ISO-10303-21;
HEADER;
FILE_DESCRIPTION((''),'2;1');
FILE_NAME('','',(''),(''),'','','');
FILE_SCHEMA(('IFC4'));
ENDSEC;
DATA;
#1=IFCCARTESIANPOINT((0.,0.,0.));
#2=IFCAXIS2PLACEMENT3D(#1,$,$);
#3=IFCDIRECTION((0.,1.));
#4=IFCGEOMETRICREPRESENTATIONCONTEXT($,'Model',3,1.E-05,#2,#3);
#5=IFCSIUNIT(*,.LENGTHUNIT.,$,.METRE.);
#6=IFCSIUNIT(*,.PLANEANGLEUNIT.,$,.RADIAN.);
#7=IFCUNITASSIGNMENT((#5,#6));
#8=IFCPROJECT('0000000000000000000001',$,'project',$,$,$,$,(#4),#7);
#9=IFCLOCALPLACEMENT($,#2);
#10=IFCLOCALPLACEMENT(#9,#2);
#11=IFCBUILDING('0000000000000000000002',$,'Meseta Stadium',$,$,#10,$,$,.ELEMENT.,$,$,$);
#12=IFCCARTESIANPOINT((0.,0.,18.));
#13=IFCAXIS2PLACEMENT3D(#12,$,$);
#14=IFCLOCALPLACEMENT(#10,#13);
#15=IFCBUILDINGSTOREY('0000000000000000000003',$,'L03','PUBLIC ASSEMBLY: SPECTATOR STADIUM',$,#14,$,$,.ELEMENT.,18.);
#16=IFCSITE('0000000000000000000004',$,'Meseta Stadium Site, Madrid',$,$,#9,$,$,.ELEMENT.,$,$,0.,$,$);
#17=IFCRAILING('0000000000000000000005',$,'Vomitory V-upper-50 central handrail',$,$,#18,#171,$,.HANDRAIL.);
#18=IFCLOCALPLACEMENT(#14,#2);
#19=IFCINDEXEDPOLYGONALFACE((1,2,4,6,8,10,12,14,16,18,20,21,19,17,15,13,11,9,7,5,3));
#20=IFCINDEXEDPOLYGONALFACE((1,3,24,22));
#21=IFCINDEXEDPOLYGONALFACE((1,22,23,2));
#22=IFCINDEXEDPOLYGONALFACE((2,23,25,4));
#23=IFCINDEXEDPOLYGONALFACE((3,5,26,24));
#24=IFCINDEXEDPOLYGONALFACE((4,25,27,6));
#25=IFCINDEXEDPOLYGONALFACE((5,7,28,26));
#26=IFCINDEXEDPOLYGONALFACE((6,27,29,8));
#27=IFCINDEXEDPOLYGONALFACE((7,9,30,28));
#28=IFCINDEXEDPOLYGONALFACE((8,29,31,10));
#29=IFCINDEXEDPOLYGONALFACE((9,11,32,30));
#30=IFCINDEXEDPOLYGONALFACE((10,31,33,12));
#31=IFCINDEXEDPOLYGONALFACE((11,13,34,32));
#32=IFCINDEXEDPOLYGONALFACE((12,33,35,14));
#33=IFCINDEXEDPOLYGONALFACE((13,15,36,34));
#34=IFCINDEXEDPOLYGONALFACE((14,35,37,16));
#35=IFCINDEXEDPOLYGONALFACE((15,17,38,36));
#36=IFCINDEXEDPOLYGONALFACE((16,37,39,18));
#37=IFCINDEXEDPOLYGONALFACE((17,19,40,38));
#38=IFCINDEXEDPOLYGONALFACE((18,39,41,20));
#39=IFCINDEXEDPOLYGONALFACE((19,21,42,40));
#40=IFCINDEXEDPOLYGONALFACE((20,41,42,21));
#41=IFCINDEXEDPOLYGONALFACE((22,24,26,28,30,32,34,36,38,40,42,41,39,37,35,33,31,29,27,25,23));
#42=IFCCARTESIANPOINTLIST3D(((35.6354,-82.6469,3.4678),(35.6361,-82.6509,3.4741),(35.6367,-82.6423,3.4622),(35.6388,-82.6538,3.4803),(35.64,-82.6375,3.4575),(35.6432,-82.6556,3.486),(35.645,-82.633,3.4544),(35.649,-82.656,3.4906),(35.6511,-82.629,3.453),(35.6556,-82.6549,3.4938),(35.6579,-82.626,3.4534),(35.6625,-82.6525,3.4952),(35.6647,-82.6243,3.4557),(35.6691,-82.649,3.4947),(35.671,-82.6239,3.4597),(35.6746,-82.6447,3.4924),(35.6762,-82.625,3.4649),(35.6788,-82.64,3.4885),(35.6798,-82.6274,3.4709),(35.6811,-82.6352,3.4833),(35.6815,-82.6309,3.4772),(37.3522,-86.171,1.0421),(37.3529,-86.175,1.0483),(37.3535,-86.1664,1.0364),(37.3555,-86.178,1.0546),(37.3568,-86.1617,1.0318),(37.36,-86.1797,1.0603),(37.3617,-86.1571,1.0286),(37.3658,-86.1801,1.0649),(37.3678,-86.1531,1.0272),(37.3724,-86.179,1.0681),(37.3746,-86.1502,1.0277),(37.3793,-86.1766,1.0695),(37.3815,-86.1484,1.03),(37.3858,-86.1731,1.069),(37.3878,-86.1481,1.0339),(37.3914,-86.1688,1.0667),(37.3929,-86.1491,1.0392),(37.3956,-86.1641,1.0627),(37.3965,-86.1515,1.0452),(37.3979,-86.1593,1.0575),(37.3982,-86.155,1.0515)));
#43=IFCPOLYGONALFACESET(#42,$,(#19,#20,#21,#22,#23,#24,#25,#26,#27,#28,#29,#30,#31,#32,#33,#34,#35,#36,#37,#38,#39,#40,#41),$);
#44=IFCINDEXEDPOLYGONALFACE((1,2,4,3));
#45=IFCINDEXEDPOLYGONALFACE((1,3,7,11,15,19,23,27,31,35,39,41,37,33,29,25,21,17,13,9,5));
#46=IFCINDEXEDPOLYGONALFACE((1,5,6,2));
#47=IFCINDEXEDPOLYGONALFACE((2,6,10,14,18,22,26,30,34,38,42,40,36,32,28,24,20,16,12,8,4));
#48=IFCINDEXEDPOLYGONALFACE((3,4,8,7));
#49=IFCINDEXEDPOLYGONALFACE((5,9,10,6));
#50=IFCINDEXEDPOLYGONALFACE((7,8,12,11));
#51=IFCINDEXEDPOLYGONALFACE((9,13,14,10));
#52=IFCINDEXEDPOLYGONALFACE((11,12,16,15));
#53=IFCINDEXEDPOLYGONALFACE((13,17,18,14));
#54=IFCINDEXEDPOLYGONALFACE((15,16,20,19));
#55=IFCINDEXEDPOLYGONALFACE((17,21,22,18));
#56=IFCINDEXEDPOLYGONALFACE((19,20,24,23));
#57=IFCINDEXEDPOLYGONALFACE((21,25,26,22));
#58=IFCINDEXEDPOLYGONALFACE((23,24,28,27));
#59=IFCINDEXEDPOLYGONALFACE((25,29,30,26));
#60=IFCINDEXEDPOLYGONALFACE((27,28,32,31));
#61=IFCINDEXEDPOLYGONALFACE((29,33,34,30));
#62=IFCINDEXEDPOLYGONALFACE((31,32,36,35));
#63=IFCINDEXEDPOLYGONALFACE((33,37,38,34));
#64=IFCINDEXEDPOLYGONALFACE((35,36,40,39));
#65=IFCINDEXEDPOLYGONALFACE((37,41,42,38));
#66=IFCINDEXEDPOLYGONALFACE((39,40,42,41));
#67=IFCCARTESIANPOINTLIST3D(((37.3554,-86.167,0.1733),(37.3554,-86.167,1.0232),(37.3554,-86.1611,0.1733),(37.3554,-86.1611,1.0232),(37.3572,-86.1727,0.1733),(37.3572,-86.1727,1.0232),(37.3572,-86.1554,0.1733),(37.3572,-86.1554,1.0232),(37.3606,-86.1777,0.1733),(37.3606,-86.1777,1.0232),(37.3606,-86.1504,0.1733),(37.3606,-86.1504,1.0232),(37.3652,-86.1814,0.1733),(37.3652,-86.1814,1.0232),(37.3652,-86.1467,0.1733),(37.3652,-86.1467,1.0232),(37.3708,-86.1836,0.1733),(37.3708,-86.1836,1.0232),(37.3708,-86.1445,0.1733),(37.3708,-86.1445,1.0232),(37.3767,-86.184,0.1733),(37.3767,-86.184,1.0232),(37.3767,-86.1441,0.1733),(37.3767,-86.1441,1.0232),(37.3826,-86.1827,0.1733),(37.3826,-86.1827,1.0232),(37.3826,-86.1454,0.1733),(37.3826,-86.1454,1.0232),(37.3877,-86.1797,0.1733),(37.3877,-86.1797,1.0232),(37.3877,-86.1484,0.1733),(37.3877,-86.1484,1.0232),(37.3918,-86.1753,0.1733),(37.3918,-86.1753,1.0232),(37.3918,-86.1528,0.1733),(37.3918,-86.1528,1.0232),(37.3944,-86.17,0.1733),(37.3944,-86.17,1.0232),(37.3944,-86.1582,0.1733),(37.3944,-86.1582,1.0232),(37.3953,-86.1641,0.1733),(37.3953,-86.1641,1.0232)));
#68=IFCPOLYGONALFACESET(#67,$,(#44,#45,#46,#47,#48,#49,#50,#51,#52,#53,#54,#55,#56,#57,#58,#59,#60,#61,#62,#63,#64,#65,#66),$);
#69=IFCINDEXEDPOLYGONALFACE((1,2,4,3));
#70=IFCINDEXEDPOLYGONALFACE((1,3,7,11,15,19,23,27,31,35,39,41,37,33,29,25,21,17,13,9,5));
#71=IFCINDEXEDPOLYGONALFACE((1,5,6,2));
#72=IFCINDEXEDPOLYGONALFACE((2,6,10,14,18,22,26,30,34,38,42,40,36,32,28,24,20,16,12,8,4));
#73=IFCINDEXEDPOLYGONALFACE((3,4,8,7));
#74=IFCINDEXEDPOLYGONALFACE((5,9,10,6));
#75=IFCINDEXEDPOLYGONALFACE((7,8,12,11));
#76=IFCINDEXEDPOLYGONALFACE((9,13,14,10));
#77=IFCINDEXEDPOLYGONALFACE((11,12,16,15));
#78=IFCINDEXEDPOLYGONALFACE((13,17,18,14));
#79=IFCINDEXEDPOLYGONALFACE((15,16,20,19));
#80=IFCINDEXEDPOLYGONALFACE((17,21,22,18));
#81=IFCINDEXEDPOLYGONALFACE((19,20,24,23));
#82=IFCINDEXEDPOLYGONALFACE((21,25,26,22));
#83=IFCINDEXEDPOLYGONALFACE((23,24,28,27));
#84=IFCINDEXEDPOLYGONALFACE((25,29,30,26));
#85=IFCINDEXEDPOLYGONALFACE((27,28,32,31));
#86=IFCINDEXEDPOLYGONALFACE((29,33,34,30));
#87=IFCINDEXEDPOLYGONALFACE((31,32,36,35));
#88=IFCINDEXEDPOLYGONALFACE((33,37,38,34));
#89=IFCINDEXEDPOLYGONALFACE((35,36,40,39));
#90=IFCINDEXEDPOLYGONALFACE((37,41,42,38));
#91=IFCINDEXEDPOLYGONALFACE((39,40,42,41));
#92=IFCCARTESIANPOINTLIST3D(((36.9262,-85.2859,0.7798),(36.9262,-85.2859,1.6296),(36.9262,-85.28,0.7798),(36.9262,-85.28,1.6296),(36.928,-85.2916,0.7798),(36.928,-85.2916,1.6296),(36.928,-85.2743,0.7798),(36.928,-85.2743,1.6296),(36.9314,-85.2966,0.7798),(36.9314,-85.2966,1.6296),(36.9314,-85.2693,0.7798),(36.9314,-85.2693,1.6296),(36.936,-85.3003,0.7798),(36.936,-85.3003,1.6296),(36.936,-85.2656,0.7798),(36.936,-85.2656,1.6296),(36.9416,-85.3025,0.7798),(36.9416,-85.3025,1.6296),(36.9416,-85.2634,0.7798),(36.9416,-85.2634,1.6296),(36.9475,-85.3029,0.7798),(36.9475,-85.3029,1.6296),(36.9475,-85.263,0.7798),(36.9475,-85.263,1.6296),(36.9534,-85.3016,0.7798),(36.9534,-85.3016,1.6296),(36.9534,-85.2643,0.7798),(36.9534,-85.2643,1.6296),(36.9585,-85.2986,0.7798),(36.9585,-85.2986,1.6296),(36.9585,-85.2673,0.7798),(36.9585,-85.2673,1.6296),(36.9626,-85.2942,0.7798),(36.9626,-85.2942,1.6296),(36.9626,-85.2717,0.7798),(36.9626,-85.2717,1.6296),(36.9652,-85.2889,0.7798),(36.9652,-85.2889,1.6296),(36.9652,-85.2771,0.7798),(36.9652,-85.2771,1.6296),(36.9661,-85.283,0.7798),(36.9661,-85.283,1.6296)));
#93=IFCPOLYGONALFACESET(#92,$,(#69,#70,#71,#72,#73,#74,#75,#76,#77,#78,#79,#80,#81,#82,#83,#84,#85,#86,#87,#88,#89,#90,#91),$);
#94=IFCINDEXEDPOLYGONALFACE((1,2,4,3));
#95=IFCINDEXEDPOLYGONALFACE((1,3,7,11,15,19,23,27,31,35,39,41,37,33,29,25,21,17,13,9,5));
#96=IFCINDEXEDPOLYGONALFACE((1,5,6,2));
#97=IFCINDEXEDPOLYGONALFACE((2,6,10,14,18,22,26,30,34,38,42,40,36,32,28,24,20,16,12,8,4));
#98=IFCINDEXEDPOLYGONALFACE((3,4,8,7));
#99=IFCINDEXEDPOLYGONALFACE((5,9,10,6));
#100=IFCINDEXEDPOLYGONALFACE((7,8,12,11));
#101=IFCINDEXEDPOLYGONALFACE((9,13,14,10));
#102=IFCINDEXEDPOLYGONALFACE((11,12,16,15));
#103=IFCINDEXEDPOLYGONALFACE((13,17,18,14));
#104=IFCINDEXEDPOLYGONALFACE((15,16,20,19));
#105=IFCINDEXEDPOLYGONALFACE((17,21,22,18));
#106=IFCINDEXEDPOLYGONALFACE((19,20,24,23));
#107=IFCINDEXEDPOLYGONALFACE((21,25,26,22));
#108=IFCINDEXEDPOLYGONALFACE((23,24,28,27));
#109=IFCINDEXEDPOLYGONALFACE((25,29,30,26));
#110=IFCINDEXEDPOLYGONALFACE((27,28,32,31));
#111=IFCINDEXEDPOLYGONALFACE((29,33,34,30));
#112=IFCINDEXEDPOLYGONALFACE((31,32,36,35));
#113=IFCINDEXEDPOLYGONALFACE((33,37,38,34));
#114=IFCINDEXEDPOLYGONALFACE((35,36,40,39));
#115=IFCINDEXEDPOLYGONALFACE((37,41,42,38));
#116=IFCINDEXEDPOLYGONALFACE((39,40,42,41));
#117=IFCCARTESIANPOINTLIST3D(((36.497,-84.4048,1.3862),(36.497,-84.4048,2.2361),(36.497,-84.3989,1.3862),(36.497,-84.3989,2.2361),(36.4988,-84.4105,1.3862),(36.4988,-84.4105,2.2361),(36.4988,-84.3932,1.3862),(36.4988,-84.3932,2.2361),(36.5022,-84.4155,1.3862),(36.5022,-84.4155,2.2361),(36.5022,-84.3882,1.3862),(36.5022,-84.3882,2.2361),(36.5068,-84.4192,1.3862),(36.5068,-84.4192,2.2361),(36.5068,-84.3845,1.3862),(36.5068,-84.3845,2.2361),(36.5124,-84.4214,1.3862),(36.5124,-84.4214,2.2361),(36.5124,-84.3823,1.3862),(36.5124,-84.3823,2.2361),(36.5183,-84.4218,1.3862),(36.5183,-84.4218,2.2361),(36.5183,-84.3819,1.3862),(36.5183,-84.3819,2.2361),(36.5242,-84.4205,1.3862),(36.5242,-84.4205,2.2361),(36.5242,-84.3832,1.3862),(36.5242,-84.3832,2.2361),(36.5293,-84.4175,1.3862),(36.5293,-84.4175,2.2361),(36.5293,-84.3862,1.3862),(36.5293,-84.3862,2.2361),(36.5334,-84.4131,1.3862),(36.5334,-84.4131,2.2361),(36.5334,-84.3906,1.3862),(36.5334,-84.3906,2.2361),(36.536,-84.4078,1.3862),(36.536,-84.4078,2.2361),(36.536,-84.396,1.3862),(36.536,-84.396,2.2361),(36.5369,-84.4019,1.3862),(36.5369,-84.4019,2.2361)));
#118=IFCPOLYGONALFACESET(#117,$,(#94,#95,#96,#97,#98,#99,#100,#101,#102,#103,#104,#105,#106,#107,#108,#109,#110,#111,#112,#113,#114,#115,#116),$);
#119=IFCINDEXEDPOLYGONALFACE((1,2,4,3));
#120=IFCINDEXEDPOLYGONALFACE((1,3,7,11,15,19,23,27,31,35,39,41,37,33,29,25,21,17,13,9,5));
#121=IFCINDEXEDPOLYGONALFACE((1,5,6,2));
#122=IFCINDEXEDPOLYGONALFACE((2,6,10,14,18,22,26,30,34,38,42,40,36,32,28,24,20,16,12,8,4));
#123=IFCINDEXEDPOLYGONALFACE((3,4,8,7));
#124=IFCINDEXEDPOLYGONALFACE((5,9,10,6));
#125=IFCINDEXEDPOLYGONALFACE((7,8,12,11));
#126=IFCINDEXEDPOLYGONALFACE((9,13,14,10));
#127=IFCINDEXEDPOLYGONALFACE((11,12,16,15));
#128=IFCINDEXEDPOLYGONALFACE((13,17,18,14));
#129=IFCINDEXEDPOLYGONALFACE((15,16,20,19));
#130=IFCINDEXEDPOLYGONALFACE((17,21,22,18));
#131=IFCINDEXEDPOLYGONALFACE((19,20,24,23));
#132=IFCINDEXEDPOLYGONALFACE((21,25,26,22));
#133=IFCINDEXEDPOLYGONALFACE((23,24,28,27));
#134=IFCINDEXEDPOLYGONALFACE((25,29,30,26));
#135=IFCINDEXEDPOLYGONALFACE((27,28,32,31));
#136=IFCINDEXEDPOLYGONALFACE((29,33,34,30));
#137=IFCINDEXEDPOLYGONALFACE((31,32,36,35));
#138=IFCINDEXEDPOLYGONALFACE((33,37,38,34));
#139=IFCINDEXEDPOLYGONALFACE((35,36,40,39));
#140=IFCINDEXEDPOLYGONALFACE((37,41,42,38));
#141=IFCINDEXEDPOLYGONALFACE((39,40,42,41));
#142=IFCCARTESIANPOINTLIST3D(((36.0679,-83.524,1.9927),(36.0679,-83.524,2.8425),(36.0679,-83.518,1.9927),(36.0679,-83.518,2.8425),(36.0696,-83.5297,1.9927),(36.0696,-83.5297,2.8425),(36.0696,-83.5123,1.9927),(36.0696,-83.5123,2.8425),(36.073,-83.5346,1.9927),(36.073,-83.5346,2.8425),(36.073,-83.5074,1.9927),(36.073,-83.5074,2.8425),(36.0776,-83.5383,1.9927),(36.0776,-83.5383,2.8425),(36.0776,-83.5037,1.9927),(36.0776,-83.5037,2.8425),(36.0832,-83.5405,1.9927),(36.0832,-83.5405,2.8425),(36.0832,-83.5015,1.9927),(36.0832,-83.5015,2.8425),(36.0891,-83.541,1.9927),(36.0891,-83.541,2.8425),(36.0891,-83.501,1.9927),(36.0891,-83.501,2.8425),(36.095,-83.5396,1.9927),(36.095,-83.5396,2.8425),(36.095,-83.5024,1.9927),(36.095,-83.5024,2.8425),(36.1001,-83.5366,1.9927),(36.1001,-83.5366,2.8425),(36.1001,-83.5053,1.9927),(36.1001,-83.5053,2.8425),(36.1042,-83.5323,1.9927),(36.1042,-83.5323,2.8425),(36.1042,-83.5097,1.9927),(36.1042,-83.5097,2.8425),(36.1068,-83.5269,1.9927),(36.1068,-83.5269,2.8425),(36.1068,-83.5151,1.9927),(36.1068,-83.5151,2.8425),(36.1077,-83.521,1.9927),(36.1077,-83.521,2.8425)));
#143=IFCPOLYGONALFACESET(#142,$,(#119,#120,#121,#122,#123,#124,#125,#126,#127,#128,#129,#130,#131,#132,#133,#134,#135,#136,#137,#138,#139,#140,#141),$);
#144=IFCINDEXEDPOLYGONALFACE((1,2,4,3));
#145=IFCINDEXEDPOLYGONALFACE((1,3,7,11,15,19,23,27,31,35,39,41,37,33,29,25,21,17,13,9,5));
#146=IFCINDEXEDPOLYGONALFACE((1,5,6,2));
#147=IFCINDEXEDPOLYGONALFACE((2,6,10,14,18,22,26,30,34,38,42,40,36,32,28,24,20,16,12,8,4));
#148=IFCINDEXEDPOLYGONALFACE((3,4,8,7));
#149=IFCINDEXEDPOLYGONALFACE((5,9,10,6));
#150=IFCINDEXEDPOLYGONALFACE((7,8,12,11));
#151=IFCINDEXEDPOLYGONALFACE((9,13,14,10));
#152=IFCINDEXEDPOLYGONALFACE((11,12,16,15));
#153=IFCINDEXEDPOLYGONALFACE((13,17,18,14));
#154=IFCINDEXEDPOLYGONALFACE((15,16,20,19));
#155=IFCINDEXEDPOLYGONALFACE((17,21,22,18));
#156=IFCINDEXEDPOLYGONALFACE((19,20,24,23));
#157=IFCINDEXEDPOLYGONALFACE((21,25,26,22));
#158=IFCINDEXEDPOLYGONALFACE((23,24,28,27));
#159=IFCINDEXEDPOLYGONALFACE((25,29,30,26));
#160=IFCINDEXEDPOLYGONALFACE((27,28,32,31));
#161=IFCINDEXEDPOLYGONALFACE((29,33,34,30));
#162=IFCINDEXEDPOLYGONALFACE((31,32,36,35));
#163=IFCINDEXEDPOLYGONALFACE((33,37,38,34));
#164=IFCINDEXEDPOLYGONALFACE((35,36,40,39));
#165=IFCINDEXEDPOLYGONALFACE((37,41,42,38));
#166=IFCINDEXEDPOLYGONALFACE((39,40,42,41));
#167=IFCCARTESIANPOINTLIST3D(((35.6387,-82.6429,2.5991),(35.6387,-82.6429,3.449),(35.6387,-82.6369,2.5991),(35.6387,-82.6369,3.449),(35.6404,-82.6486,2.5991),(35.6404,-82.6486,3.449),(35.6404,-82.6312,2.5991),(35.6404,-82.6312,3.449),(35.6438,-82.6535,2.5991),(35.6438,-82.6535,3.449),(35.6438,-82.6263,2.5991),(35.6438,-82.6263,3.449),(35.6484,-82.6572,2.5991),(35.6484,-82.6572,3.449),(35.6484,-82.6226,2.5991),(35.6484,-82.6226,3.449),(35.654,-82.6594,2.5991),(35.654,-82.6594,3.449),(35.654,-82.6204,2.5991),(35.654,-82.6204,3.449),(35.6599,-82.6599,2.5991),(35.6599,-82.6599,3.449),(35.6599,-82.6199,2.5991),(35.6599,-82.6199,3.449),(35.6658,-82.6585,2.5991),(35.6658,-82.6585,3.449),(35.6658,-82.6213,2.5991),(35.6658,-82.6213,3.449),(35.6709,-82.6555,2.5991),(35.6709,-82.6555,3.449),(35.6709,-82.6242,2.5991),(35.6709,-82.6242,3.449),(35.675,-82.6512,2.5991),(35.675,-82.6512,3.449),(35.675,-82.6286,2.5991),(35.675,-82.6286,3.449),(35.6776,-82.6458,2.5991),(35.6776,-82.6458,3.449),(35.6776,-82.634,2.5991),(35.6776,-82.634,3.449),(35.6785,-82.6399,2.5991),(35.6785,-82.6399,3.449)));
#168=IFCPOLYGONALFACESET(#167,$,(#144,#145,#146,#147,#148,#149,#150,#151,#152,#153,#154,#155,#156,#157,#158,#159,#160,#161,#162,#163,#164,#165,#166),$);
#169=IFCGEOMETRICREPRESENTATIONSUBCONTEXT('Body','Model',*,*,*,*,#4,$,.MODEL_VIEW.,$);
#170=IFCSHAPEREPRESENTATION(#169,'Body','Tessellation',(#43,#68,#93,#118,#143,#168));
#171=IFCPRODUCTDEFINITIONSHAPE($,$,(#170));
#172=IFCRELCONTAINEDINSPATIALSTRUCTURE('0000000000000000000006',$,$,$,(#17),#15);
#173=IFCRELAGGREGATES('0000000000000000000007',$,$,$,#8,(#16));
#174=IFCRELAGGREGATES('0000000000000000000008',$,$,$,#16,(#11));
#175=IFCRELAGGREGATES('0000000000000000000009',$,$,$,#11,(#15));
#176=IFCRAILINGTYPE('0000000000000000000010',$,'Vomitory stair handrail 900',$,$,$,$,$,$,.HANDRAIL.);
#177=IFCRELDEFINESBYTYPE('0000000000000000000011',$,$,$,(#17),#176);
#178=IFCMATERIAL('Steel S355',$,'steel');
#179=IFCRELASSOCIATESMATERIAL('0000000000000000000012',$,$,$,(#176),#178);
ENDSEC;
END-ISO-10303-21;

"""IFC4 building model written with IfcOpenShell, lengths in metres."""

from ifc_helpers import new_model, si_unit, direction, frame, origin, origin_2d, place, context, subcontext, project, spatial, circle, extrude, material, type_object, element, save


model = new_model("IFC4")

# Units and contexts
model_context = context("Model", 3, precision=1e-05, world=origin(), true_north=direction((0.0, 1.0)))
body_context = subcontext(model_context, "Body", "Model", "MODEL_VIEW")
ifc_project = project(units=[si_unit("LENGTHUNIT", "METRE"), si_unit("PLANEANGLEUNIT", "RADIAN")], contexts=[model_context])

# Site, building, storey
site_placement = place(None, origin())
site = spatial("IfcSite", under=ifc_project, at=site_placement, Name="Meseta Stadium Site, Madrid", CompositionType="ELEMENT", RefElevation=0.0)
building_placement = place(site_placement, origin())
building = spatial("IfcBuilding", under=site, at=building_placement, Name="Meseta Stadium", CompositionType="ELEMENT")
storey_placement = place(building_placement, frame((0.0, 0.0, 18.0)))
storey = spatial("IfcBuildingStorey", under=building, at=storey_placement, Name="L03", Description="PUBLIC ASSEMBLY: SPECTATOR STADIUM", CompositionType="ELEMENT", Elevation=18.0)

# Railing
ifc_material_1 = material(Name="Steel S355", Category="steel")
railing_type_1 = type_object("IfcRailingType", Name="Vomitory stair handrail 900", PredefinedType="HANDRAIL", material=ifc_material_1)
railing_1_placement = place(storey_placement, frame((37.3752, -86.1641, 0.1733)))
element("IfcRailing", 1, at=railing_1_placement, inside=storey, type_object=railing_type_1, Name="Vomitory V-upper-50 central handrail", PredefinedType="HANDRAIL", context=body_context, shape_type="SweptSolid", body=[
    extrude(circle(Radius=0.0249, at=origin_2d()), frame((0.0, 0.0, 0.875), z_axis=(-0.372412, 0.764471, 0.526206), x_axis=(-0.899001, -0.437947, 0.0)), (0.0, 0.0, 1.0), 4.6099),
    extrude(circle(Radius=0.02, at=origin_2d()), origin(), (0.0, 0.0, 1.0), 0.8499),
    extrude(circle(Radius=0.02, at=origin_2d()), frame((-0.4292, 0.8811, 0.6064)), (0.0, 0.0, 1.0), 0.8499),
    extrude(circle(Radius=0.02, at=origin_2d()), frame((-0.8584, 1.7622, 1.2129)), (0.0, 0.0, 1.0), 0.8499),
    extrude(circle(Radius=0.02, at=origin_2d()), frame((-1.2876, 2.6431, 1.8193)), (0.0, 0.0, 1.0), 0.8499),
    extrude(circle(Radius=0.02, at=origin_2d()), frame((-1.7168, 3.5242, 2.4258)), (0.0, 0.0, 1.0), 0.8499),
])

save(model, "model.ifc")
